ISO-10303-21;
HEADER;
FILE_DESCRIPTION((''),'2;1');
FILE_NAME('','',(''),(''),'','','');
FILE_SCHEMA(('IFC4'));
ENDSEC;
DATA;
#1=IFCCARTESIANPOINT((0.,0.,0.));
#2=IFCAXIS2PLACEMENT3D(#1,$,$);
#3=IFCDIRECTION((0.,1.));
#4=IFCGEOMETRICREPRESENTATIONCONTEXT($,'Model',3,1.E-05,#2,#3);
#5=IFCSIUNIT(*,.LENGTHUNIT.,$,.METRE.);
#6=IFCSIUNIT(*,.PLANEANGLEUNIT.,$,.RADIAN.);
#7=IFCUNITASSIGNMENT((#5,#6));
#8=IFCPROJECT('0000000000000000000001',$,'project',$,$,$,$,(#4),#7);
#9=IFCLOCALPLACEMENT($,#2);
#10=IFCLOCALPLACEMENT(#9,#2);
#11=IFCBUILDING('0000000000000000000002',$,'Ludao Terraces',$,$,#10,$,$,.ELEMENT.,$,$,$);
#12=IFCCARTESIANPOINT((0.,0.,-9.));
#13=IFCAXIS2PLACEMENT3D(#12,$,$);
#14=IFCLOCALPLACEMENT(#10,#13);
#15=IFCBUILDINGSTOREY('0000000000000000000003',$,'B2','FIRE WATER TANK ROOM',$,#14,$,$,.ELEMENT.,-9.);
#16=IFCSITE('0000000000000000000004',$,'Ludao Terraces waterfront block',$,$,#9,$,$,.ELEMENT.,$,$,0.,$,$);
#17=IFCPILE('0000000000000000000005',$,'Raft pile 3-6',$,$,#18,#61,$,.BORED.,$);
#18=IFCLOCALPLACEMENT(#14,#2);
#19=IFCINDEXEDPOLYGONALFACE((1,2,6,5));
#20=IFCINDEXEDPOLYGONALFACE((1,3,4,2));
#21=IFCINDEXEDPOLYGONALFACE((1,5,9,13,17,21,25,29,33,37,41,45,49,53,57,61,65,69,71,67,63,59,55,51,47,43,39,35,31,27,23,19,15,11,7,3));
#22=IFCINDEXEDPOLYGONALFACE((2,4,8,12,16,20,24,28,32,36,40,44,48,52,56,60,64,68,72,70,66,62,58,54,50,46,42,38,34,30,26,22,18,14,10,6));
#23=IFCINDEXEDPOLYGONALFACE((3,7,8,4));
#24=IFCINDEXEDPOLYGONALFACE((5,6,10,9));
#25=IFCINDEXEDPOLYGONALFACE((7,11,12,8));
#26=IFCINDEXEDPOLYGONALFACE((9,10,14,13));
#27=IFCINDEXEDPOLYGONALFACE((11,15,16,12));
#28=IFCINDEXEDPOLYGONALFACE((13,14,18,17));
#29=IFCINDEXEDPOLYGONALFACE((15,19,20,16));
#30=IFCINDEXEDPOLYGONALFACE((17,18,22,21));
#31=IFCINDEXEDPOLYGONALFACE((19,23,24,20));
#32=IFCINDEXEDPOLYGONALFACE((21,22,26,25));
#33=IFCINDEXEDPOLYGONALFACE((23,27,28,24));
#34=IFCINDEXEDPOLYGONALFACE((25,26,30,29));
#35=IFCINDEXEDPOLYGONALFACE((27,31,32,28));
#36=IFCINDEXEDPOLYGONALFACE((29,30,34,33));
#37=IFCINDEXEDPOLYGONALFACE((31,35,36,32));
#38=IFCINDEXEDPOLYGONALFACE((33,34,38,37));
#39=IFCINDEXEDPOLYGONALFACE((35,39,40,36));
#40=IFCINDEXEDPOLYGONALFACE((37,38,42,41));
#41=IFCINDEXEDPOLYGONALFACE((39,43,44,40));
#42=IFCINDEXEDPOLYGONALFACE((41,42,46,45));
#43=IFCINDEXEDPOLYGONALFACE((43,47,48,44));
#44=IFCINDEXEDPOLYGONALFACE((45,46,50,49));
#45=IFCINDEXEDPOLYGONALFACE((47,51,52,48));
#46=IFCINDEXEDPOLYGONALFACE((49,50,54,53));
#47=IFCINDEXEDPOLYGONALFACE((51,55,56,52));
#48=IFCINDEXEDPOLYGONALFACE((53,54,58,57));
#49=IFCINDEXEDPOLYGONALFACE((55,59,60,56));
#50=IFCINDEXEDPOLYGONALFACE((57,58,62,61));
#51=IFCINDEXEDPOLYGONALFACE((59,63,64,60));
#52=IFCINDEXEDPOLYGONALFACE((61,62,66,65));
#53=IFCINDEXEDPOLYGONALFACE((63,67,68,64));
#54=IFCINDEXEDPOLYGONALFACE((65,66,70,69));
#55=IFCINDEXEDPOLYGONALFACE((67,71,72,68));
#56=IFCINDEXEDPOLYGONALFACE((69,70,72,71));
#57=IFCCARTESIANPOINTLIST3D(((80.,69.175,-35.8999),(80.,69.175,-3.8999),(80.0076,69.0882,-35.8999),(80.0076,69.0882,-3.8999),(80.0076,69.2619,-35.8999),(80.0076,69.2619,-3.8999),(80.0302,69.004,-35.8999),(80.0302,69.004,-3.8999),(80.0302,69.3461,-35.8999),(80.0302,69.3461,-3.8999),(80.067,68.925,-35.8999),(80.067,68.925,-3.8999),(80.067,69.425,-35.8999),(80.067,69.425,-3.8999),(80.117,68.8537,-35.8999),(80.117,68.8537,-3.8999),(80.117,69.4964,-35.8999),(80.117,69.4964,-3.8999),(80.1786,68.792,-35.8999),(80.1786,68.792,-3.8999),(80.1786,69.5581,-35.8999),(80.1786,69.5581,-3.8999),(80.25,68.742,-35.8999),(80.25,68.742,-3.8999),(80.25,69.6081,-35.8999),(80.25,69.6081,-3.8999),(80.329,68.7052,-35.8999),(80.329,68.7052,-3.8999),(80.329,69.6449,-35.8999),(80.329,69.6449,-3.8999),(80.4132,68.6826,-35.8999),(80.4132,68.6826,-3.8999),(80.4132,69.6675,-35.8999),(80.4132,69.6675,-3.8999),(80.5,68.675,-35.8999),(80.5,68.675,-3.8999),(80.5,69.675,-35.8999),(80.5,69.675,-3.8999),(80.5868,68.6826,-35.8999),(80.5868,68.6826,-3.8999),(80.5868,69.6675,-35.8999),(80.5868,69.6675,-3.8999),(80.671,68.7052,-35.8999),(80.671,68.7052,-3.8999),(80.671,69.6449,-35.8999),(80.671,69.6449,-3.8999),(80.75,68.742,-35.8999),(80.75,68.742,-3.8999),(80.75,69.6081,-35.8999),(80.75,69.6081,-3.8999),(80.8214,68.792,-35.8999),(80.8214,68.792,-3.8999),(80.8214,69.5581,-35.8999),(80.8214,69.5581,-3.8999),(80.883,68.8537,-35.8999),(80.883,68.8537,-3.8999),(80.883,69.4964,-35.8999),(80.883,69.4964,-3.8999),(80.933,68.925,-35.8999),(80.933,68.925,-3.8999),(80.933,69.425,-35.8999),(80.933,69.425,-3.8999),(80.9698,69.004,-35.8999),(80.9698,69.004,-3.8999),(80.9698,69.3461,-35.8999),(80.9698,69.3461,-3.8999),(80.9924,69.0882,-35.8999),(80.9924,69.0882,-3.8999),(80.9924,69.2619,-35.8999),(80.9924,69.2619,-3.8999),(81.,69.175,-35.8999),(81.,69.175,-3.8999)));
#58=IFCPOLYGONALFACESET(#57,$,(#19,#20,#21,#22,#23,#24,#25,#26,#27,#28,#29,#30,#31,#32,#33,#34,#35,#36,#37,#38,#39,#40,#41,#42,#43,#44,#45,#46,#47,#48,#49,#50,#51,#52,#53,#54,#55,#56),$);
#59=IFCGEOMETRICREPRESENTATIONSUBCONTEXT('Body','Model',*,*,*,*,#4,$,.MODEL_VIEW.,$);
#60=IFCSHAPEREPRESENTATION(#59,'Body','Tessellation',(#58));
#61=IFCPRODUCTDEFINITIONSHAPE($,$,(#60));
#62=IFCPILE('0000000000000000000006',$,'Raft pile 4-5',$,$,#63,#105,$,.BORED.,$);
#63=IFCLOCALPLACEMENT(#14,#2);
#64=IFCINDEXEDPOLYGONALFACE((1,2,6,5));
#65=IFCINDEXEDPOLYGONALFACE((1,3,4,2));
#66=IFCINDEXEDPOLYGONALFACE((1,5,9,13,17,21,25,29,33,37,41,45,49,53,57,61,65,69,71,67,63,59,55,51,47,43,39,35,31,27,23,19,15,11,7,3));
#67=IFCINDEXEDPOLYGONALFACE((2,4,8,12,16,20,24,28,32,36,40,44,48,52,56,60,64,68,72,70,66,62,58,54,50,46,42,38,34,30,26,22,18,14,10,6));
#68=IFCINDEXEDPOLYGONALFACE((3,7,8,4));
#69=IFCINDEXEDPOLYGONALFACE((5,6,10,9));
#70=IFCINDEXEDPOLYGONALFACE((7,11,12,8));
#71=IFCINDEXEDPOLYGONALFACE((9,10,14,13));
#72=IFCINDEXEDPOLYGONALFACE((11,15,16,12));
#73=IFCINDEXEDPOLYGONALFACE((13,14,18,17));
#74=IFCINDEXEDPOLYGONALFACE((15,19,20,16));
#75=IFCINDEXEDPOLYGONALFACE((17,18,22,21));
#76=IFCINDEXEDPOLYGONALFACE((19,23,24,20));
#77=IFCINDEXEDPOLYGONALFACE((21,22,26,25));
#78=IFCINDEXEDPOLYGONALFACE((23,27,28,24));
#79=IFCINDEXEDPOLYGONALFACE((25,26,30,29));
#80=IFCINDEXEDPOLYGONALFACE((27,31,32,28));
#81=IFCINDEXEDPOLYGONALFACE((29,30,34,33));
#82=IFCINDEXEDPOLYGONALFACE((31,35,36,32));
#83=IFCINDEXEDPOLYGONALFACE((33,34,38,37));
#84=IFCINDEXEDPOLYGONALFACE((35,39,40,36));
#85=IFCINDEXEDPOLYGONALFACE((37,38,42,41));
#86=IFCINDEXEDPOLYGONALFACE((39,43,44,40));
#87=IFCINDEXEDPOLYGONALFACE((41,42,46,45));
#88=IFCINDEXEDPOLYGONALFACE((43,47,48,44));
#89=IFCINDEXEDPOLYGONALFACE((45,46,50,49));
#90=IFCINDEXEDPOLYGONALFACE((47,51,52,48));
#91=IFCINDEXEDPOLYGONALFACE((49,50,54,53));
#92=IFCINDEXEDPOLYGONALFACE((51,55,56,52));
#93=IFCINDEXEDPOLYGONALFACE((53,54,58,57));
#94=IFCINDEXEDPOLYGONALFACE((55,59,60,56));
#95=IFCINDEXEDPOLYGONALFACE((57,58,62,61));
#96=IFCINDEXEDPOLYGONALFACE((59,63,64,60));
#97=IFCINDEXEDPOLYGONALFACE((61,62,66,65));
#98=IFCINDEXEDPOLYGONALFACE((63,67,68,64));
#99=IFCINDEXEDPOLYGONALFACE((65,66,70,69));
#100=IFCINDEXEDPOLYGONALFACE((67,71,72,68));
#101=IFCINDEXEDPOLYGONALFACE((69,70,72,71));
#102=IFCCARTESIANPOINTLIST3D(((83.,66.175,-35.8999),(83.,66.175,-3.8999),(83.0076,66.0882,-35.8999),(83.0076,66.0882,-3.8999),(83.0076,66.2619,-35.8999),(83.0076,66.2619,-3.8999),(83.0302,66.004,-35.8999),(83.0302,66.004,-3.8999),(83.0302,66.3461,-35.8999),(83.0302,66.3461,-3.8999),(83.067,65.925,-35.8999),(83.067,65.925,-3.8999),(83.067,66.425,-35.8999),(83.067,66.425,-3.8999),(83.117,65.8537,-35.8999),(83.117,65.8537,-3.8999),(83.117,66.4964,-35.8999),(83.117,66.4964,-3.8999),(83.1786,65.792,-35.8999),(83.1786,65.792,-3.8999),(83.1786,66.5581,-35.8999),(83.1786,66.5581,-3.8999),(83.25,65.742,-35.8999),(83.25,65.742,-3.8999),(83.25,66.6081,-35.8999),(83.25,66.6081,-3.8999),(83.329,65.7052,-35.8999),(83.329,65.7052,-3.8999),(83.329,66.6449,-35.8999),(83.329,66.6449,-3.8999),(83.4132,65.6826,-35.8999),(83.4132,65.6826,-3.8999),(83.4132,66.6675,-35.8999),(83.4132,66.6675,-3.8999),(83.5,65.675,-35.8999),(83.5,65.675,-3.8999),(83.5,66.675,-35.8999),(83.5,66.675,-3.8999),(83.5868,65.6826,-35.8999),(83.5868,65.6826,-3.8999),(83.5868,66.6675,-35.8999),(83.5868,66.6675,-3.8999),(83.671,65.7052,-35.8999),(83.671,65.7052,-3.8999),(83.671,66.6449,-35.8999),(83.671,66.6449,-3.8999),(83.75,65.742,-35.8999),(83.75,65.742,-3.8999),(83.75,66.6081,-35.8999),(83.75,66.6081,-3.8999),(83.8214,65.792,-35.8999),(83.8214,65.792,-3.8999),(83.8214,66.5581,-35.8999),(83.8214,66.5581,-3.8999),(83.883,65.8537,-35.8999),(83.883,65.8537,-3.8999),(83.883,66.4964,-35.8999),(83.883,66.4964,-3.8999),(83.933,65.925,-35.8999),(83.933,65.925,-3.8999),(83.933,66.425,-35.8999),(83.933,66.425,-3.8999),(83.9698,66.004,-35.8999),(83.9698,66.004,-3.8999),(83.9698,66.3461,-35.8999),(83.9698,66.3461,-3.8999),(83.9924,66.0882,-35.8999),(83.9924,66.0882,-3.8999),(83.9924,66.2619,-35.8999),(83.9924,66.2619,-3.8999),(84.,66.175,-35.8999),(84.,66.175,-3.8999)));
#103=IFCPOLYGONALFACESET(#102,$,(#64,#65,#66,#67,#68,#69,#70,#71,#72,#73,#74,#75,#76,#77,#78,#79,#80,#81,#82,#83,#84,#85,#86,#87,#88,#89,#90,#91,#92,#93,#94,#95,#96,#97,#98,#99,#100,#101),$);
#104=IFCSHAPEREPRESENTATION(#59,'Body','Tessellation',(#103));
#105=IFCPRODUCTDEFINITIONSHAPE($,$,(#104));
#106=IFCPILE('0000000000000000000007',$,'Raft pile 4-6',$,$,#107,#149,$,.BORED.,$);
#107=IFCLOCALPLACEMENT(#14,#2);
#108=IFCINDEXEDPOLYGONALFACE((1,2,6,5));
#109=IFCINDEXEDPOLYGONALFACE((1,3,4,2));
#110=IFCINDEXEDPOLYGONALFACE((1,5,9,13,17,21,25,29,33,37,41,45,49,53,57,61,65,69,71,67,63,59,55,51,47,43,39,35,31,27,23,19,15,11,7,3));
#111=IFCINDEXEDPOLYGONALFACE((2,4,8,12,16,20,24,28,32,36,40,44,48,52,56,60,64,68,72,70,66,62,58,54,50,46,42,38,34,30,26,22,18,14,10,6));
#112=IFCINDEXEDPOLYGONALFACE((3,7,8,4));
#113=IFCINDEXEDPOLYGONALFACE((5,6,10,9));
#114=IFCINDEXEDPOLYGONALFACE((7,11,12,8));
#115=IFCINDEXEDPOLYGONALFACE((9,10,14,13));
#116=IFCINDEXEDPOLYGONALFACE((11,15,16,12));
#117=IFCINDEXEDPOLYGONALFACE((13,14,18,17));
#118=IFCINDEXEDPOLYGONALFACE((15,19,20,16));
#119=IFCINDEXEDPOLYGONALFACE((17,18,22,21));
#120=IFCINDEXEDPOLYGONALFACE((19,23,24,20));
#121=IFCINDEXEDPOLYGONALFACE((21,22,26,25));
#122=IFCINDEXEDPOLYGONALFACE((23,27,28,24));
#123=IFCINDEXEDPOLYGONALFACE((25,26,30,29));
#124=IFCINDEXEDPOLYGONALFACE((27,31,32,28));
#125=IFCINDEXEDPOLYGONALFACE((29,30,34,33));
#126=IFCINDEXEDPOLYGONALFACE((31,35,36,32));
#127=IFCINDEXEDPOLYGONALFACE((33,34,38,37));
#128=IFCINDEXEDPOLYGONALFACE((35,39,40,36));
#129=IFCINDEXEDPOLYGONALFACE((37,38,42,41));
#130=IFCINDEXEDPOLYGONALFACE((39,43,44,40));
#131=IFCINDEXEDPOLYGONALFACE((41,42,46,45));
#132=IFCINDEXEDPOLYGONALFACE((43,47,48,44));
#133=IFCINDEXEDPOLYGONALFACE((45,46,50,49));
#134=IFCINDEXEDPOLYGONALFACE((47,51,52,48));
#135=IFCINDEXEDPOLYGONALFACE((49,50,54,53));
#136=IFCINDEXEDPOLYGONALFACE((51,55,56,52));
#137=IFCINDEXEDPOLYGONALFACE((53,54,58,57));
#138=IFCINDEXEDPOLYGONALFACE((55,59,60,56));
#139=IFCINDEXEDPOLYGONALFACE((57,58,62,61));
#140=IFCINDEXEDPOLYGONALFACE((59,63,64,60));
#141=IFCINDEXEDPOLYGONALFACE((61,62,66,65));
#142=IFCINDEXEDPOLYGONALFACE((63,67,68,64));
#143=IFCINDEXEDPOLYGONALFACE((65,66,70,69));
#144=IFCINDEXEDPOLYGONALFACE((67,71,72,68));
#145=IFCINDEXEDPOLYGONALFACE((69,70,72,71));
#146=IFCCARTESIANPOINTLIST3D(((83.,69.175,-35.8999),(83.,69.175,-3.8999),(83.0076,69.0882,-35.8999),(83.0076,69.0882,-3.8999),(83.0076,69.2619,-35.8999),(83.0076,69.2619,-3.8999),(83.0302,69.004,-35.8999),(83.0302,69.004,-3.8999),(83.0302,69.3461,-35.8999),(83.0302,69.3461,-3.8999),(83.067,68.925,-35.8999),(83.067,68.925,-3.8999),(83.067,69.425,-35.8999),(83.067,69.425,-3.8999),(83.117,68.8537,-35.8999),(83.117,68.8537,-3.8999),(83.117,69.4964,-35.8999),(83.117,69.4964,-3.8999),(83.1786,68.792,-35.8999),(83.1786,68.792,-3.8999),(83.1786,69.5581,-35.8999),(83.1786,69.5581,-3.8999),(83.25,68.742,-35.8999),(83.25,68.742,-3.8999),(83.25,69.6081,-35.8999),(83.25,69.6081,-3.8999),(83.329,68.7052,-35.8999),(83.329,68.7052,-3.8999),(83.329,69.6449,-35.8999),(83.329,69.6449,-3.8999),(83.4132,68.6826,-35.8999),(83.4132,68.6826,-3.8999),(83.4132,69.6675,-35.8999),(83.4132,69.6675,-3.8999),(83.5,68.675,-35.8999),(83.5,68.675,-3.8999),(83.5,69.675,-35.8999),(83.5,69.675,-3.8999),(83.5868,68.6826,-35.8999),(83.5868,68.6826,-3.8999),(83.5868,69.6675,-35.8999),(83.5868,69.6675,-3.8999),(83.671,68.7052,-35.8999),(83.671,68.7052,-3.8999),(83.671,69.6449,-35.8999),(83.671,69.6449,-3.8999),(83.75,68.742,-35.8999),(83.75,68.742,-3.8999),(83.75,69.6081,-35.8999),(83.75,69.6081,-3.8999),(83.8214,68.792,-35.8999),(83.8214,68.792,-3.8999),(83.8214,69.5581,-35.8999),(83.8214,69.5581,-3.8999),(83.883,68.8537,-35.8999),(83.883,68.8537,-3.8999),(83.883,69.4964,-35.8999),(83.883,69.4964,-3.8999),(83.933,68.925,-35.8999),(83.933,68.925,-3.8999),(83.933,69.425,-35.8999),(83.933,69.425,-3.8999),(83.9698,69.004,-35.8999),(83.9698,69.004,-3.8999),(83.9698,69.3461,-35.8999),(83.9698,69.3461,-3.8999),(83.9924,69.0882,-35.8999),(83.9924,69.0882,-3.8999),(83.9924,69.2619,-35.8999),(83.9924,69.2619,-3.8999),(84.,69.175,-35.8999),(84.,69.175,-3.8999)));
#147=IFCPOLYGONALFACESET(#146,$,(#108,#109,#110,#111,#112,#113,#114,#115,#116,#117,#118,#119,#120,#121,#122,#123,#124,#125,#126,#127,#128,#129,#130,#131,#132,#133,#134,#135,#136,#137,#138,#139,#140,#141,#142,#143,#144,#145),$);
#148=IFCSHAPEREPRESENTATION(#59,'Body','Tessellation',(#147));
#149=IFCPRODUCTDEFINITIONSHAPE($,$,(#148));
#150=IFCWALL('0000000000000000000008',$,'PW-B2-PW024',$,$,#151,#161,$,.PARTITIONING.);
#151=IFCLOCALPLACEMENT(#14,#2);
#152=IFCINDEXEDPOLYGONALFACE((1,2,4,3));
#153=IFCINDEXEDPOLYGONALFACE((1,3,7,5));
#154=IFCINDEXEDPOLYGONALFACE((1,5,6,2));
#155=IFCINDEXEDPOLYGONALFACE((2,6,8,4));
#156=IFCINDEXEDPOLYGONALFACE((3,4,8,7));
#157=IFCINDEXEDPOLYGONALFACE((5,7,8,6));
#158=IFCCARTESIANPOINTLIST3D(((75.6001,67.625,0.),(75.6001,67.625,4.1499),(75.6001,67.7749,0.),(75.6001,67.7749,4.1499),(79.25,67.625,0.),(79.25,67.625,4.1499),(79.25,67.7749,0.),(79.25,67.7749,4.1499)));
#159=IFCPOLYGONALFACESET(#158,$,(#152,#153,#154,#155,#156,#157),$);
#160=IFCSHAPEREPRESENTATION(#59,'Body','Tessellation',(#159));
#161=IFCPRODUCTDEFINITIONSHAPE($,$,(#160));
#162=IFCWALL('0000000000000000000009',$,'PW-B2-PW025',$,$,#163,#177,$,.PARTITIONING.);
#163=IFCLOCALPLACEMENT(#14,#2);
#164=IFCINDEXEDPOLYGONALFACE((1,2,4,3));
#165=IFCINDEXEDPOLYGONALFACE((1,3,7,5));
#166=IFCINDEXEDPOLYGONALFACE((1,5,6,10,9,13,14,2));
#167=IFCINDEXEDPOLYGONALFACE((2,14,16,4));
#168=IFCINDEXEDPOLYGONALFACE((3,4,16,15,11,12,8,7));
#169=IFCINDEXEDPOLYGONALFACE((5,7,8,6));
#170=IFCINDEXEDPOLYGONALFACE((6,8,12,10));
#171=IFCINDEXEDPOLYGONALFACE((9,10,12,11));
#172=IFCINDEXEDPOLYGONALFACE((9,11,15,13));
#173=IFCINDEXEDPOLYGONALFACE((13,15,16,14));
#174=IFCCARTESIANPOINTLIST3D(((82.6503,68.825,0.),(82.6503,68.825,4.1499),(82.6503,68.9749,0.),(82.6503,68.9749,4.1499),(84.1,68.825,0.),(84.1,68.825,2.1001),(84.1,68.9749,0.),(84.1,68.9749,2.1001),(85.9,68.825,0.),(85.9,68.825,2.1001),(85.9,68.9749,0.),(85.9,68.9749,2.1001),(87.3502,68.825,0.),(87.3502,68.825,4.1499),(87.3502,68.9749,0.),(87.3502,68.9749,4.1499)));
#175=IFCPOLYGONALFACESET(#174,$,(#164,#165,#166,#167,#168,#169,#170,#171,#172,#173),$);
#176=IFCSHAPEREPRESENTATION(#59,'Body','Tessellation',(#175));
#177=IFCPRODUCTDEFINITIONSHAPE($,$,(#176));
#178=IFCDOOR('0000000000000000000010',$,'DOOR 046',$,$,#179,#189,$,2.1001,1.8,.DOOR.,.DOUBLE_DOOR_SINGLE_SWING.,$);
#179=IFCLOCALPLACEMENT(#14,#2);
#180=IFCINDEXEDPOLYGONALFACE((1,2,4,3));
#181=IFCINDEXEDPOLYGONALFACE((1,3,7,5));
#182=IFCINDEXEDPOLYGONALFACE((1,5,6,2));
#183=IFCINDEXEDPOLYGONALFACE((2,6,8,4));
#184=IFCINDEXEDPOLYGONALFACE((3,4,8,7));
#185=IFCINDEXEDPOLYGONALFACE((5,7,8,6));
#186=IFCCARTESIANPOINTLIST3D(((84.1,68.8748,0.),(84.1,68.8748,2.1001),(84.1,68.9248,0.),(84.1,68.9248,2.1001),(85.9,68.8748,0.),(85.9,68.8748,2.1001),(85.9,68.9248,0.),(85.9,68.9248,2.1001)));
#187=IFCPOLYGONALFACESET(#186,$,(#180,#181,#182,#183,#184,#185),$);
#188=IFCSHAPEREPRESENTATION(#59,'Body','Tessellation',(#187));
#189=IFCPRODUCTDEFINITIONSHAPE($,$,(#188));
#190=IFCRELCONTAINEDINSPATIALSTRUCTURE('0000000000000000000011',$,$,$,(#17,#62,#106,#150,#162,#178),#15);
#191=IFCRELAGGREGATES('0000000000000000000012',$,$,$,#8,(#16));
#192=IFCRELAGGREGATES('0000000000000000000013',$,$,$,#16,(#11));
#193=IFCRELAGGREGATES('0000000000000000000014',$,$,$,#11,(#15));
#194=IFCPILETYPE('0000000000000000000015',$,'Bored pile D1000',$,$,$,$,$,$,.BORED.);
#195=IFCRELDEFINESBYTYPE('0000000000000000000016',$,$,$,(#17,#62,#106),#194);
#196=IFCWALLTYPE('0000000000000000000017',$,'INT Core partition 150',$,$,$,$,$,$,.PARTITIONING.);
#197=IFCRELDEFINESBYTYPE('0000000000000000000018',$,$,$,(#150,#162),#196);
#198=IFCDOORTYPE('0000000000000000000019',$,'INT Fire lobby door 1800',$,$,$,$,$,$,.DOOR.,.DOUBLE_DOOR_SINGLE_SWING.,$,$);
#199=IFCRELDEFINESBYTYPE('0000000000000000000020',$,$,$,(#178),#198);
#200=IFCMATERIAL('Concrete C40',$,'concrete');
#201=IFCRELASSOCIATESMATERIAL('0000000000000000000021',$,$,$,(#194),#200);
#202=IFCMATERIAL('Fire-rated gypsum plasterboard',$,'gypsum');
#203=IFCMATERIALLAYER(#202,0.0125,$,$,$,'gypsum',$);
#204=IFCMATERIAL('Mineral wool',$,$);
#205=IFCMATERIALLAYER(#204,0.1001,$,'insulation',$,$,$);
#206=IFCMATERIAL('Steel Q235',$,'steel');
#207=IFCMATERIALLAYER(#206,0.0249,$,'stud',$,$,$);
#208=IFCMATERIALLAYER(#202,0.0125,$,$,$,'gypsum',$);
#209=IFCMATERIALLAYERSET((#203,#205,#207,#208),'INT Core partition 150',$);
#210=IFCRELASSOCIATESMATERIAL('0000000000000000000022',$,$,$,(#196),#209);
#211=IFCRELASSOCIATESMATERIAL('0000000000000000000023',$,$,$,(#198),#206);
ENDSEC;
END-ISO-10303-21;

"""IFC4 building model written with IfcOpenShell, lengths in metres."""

from ifc_helpers import new_model, si_unit, direction, frame, frame_2d, origin, origin_2d, place, context, subcontext, project, spatial, rectangle, circle, extrude, material, layer, layer_set, material_profile, profile_set, type_object, element, fill, save


model = new_model("IFC4")

# Units and contexts
model_context = context("Model", 3, precision=1e-05, world=origin(), true_north=direction((0.0, 1.0)))
body_context = subcontext(model_context, "Body", "Model", "MODEL_VIEW")
ifc_project = project(units=[si_unit("LENGTHUNIT", "METRE"), si_unit("PLANEANGLEUNIT", "RADIAN")], contexts=[model_context])

# Site, building, storey
site_placement = place(None, origin())
site = spatial("IfcSite", under=ifc_project, at=site_placement, Name="Ludao Terraces waterfront block", CompositionType="ELEMENT", RefElevation=0.0)
building_placement = place(site_placement, origin())
building = spatial("IfcBuilding", under=site, at=building_placement, Name="Ludao Terraces", CompositionType="ELEMENT")
storey_placement = place(building_placement, frame((0.0, 0.0, -9.0)))
storey = spatial("IfcBuildingStorey", under=building, at=storey_placement, Name="B2", Description="FIRE WATER TANK ROOM", CompositionType="ELEMENT", Elevation=-9.0)

# Piles
ifc_material_1 = material(Name="Concrete C40", Category="concrete")
ifc_material_profile = material_profile(ifc_material_1, circle(Radius=0.5, at=origin_2d()), Name="D1000 BORED PILE")
ifc_profile_set = profile_set([ifc_material_profile], Name="Concrete C40")
pile_type = type_object("IfcPileType", Name="Bored pile D1000", PredefinedType="BORED", material=ifc_profile_set)
for number, where, z_axis, x_axis, name in (
    (1, (80.5, 69.175, -3.8999), (0.0, 0.0, -1.0), (1.0, 0.0, 0.0), "Raft pile 3-6"),
    (2, (83.5, 66.175, -3.8999), (0.0, 0.0, -1.0), (1.0, 0.0, 0.0), "Raft pile 4-5"),
    (3, (83.5, 69.175, -3.8999), (0.0, 0.0, -1.0), (1.0, 0.0, 0.0), "Raft pile 4-6"),
):
    element("IfcPile", number, at=place(storey_placement, frame(where, z_axis=z_axis, x_axis=x_axis)), inside=storey, type_object=pile_type, Name=name, PredefinedType="BORED", context=body_context, shape_type="SweptSolid", body=[
        extrude(circle(Radius=0.5, at=origin_2d()), origin(), (0.0, 0.0, 1.0), 32.0),
    ])

# Wall
ifc_material_2 = material(Name="Fire-rated gypsum plasterboard", Category="gypsum")
ifc_layer_1 = layer(ifc_material_2, 0.0125, Category="gypsum")
ifc_material_3 = material(Name="Mineral wool")
ifc_layer_2 = layer(ifc_material_3, 0.1001, Name="insulation")
ifc_material_4 = material(Name="Steel Q235", Category="steel")
ifc_layer_3 = layer(ifc_material_4, 0.0249, Name="stud")
ifc_layer_4 = layer(ifc_material_2, 0.0125, Category="gypsum")
ifc_layer_set_1 = layer_set([ifc_layer_1, ifc_layer_2, ifc_layer_3, ifc_layer_4], Name="INT Core partition 150")
wall_type_1 = type_object("IfcWallType", Name="INT Core partition 150", PredefinedType="PARTITIONING", material=ifc_layer_set_1)
wall_1_placement = place(storey_placement, frame((75.6001, 67.7, 0.0), z_axis=(0.0, 0.0, 1.0), x_axis=(1.0, 0.0, 0.0)))
element("IfcWall", 4, at=wall_1_placement, inside=storey, type_object=wall_type_1, Name="PW-B2-PW024", PredefinedType="PARTITIONING", context=body_context, shape_type="SweptSolid", body=[
    extrude(rectangle(XDim=3.6499, YDim=0.1499, at=frame_2d((1.825, 0.0))), origin(), (0.0, 0.0, 1.0), 4.1499),
])

# Wall, opening, door
wall_2_placement = place(storey_placement, frame((82.6501, 68.8999, 0.0), z_axis=(0.0, 0.0, 1.0), x_axis=(1.0, 0.0, 0.0)))
wall_2 = element("IfcWall", 5, at=wall_2_placement, inside=storey, type_object=wall_type_1, Name="PW-B2-PW025", PredefinedType="PARTITIONING", context=body_context, shape_type="SweptSolid", body=[
    extrude(rectangle(XDim=4.7, YDim=0.1499, at=frame_2d((2.3501, 0.0))), origin(), (0.0, 0.0, 1.0), 4.1499),
])
opening_1_placement = place(wall_2_placement, frame((1.45, 0.0, 0.0)))
opening_1 = element("IfcOpeningElement", 6, at=opening_1_placement, cuts=wall_2, PredefinedType="OPENING", context=body_context, shape_type="SweptSolid", body=[
    extrude(rectangle(XDim=1.8, YDim=2.1001, at=frame_2d((0.8999, 1.05))), frame((0.0, 0.085, 0.0), z_axis=(0.0, -1.0, 0.0), x_axis=(1.0, 0.0, 0.0)), (0.0, 0.0, 1.0), 0.1699),
])
door_type_1 = type_object("IfcDoorType", Name="INT Fire lobby door 1800", OperationType="DOUBLE_DOOR_SINGLE_SWING", PredefinedType="DOOR", material=ifc_material_4)
door_1_placement = place(opening_1_placement, origin())
door_1 = element("IfcDoor", 7, at=door_1_placement, inside=storey, type_object=door_type_1, Name="DOOR 046", OperationType="DOUBLE_DOOR_SINGLE_SWING", OverallHeight=2.1001, OverallWidth=1.8, PredefinedType="DOOR", context=body_context, shape_type="SweptSolid", body=[
    extrude(rectangle(XDim=1.8, YDim=2.1001, at=frame_2d((0.8999, 1.05))), frame((0.0, 0.0249, 0.0), z_axis=(0.0, -1.0, 0.0), x_axis=(1.0, 0.0, 0.0)), (0.0, 0.0, 1.0), 0.05),
])
fill(opening_1, door_1)

save(model, "model.ifc")
